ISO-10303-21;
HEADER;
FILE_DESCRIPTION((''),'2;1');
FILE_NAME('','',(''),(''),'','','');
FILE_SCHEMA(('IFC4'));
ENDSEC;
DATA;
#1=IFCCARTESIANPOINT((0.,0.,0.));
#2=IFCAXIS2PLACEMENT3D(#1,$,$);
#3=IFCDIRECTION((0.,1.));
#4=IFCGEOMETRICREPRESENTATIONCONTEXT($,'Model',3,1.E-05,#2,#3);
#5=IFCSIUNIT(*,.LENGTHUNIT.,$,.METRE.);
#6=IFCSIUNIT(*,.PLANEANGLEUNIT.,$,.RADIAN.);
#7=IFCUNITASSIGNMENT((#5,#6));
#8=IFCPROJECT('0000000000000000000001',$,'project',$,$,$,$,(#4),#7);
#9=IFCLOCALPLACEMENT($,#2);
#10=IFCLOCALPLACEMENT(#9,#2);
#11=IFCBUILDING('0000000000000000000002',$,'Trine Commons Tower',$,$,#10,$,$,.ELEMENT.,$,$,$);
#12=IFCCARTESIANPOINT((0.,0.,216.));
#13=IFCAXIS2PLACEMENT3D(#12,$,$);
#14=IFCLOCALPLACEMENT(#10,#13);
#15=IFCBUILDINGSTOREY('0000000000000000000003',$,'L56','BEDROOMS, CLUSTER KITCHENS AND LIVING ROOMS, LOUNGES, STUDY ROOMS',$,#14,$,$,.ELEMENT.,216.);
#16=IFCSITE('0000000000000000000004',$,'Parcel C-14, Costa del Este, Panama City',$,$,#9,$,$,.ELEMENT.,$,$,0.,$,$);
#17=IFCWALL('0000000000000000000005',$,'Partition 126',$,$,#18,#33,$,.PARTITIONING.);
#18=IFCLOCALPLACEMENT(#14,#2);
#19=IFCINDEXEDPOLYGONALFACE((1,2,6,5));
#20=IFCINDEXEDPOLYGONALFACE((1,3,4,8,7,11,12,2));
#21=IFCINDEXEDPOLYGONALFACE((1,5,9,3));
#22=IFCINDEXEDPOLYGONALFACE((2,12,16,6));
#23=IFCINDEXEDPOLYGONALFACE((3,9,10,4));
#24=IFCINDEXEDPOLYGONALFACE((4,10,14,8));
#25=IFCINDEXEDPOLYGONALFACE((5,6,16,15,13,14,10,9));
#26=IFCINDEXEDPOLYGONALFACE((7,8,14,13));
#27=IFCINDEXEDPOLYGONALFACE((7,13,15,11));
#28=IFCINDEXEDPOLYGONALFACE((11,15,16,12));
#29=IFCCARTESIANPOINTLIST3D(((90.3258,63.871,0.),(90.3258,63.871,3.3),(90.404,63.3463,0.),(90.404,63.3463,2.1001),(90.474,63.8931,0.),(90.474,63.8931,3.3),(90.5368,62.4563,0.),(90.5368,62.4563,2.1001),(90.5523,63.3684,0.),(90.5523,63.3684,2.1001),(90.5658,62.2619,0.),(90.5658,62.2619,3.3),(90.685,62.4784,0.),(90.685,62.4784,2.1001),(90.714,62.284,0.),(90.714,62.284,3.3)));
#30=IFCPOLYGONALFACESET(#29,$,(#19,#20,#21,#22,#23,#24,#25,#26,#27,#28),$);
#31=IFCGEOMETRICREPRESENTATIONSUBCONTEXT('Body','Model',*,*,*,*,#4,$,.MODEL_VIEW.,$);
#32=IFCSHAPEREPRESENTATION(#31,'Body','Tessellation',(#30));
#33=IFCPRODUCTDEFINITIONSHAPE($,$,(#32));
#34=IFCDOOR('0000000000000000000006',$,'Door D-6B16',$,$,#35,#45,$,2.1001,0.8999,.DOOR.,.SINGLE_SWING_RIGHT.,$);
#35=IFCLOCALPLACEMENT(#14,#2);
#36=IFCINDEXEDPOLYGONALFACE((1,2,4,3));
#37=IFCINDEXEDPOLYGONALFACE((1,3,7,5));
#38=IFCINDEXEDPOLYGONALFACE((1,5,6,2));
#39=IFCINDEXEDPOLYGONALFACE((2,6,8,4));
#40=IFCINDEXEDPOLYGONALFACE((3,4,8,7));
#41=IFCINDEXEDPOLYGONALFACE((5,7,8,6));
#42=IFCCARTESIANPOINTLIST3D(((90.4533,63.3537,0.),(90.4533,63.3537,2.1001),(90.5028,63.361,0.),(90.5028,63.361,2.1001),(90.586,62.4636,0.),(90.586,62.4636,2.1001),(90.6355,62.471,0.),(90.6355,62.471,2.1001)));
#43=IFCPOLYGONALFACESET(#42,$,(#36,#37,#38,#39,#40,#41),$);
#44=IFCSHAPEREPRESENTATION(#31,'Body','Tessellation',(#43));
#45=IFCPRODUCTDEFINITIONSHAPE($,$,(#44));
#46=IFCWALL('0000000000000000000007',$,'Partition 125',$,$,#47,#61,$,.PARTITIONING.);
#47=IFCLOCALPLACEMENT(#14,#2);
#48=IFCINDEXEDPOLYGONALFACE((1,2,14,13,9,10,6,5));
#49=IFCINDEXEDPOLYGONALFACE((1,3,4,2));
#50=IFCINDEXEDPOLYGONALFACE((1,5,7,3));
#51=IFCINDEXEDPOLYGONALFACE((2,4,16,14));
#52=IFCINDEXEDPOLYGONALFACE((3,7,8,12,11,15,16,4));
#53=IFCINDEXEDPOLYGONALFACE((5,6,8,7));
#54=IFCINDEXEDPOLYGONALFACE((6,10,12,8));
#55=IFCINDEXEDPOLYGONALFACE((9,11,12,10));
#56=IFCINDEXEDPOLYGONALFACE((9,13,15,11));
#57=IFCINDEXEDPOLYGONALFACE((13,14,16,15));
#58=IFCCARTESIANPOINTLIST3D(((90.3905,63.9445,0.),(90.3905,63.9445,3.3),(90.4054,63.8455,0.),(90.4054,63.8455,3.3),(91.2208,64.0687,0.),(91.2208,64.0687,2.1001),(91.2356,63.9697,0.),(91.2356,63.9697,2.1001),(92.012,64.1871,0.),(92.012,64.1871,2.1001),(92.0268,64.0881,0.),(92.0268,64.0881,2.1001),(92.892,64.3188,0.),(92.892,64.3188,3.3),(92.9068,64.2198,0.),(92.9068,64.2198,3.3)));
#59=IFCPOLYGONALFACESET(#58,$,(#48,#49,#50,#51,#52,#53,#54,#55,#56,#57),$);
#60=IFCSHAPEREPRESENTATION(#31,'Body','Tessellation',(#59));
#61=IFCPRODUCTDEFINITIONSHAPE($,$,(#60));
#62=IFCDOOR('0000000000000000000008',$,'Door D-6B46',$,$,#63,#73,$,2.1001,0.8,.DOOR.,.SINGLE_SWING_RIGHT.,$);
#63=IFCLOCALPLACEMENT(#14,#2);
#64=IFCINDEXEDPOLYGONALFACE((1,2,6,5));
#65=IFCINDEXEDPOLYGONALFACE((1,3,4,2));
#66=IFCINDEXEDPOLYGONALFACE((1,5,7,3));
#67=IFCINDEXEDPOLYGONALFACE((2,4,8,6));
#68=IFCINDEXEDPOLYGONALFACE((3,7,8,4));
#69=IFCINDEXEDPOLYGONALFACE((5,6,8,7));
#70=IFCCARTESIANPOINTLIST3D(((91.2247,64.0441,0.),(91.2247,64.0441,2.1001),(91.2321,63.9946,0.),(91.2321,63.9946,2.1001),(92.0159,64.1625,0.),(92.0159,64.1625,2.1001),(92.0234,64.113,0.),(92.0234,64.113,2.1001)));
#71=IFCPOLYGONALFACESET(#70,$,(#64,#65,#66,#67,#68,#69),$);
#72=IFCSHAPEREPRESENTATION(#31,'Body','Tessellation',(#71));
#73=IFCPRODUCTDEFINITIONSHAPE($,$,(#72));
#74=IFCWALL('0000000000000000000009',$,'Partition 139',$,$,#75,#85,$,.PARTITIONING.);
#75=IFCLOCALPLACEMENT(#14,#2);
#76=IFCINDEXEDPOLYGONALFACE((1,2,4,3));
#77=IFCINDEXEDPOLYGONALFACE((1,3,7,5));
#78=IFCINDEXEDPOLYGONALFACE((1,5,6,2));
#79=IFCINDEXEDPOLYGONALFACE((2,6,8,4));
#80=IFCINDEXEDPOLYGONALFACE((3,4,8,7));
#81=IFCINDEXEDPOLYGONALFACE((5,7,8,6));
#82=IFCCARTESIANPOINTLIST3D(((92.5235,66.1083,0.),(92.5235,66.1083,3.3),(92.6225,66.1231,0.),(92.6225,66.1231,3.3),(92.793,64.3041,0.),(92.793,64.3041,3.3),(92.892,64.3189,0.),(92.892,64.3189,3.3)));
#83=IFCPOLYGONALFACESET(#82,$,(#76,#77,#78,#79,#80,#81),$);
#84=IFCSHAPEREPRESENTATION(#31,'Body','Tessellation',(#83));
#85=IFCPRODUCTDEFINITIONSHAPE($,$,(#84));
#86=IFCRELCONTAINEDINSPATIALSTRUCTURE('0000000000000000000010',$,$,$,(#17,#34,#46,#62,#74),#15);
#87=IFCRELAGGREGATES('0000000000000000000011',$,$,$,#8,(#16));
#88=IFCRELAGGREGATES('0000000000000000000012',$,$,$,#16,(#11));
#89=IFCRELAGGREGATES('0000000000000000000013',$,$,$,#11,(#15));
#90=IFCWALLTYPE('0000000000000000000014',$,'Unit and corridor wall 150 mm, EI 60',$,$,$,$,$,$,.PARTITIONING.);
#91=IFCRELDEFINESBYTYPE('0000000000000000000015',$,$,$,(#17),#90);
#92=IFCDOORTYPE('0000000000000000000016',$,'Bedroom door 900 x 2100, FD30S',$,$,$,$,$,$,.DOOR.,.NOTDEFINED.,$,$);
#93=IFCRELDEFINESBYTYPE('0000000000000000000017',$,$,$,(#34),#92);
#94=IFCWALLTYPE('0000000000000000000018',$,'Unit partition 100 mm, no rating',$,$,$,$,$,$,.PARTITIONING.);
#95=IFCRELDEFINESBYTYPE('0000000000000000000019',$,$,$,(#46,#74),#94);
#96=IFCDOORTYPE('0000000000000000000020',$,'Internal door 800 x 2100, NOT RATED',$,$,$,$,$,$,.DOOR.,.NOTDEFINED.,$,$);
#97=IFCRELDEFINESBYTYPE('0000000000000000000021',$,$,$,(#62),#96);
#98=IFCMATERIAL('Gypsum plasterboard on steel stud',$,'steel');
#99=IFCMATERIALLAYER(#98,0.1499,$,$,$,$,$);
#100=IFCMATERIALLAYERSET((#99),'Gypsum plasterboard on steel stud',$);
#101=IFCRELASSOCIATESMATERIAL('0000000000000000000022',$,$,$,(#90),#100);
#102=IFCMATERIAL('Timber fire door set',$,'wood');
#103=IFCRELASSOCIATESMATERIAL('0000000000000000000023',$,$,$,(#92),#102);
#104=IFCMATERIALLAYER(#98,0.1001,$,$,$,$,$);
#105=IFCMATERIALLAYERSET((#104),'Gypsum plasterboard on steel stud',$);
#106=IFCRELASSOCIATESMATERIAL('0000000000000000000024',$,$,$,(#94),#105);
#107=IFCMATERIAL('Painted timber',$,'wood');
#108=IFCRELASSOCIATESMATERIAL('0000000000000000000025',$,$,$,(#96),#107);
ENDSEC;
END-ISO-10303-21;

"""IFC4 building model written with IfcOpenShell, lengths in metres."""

from ifc_helpers import new_model, si_unit, direction, frame, frame_2d, origin, place, context, subcontext, project, spatial, rectangle, extrude, material, layer, layer_set, type_object, element, fill, save


model = new_model("IFC4")

# Units and contexts
model_context = context("Model", 3, precision=1e-05, world=origin(), true_north=direction((0.0, 1.0)))
body_context = subcontext(model_context, "Body", "Model", "MODEL_VIEW")
ifc_project = project(units=[si_unit("LENGTHUNIT", "METRE"), si_unit("PLANEANGLEUNIT", "RADIAN")], contexts=[model_context])

# Site, building, storey
site_placement = place(None, origin())
site = spatial("IfcSite", under=ifc_project, at=site_placement, Name="Parcel C-14, Costa del Este, Panama City", CompositionType="ELEMENT", RefElevation=0.0)
building_placement = place(site_placement, origin())
building = spatial("IfcBuilding", under=site, at=building_placement, Name="Trine Commons Tower", CompositionType="ELEMENT")
storey_placement = place(building_placement, frame((0.0, 0.0, 216.0)))
storey = spatial("IfcBuildingStorey", under=building, at=storey_placement, Name="L56", Description="BEDROOMS, CLUSTER KITCHENS AND LIVING ROOMS, LOUNGES, STUDY ROOMS", CompositionType="ELEMENT", Elevation=216.0)

# Shared definitions
ifc_material_1 = material(Name="Gypsum plasterboard on steel stud", Category="steel")
ifc_layer_1 = layer(ifc_material_1, 0.1499)
ifc_layer_set_1 = layer_set([ifc_layer_1], Name="Gypsum plasterboard on steel stud")
wall_type_1 = type_object("IfcWallType", Name="Unit and corridor wall 150 mm, EI 60", PredefinedType="PARTITIONING", material=ifc_layer_set_1)
ifc_material_2 = material(Name="Timber fire door set", Category="wood")
door_type_1 = type_object("IfcDoorType", Name="Bedroom door 900 x 2100, FD30S", OperationType="NOTDEFINED", PredefinedType="DOOR", material=ifc_material_2)

# Walls, openings, doors
wall_1_placement = place(storey_placement, frame((90.3999, 63.8821, 0.0), z_axis=(0.0, 0.0, 1.0), x_axis=(0.147511, -0.98906, 0.0)))
wall_1 = element("IfcWall", 1, at=wall_1_placement, inside=storey, type_object=wall_type_1, Name="Partition 126", PredefinedType="PARTITIONING", context=body_context, shape_type="SweptSolid", body=[
    extrude(rectangle(XDim=1.627, YDim=0.1499, at=frame_2d((0.8135, 0.0))), origin(), (0.0, 0.0, 1.0), 3.3),
])
opening_1_placement = place(wall_1_placement, frame((0.5305, 0.0, 0.0)))
opening_1 = element("IfcOpeningElement", 2, at=opening_1_placement, cuts=wall_1, PredefinedType="OPENING", context=body_context, shape_type="SweptSolid", body=[
    extrude(rectangle(XDim=0.8999, YDim=2.1001, at=frame_2d((0.45, 1.05))), frame((0.0, 0.085, 0.0), z_axis=(0.0, -1.0, 0.0), x_axis=(1.0, 0.0, 0.0)), (0.0, 0.0, 1.0), 0.1699),
])
door_1_placement = place(opening_1_placement, origin())
door_1 = element("IfcDoor", 3, at=door_1_placement, inside=storey, type_object=door_type_1, Name="Door D-6B16", OperationType="SINGLE_SWING_RIGHT", OverallHeight=2.1001, OverallWidth=0.8999, PredefinedType="DOOR", context=body_context, shape_type="SweptSolid", body=[
    extrude(rectangle(XDim=0.8999, YDim=2.1001, at=frame_2d((0.45, 1.05))), frame((0.0, 0.0249, 0.0), z_axis=(0.0, -1.0, 0.0), x_axis=(1.0, 0.0, 0.0)), (0.0, 0.0, 1.0), 0.05),
])
fill(opening_1, door_1)
ifc_layer_2 = layer(ifc_material_1, 0.1001)
ifc_layer_set_2 = layer_set([ifc_layer_2], Name="Gypsum plasterboard on steel stud")
wall_type_2 = type_object("IfcWallType", Name="Unit partition 100 mm, no rating", PredefinedType="PARTITIONING", material=ifc_layer_set_2)
wall_2_placement = place(storey_placement, frame((90.3979, 63.895, 0.0), z_axis=(0.0, 0.0, 1.0), x_axis=(0.988992, 0.147972, 0.0)))
wall_2 = element("IfcWall", 4, at=wall_2_placement, inside=storey, type_object=wall_type_2, Name="Partition 125", PredefinedType="PARTITIONING", context=body_context, shape_type="SweptSolid", body=[
    extrude(rectangle(XDim=2.5293, YDim=0.1001, at=frame_2d((1.2646, 0.0))), origin(), (0.0, 0.0, 1.0), 3.3),
])
opening_2_placement = place(wall_2_placement, frame((0.8396, 0.0, 0.0)))
opening_2 = element("IfcOpeningElement", 5, at=opening_2_placement, cuts=wall_2, PredefinedType="OPENING", context=body_context, shape_type="SweptSolid", body=[
    extrude(rectangle(XDim=0.8, YDim=2.1001, at=frame_2d((0.3999, 1.05))), frame((0.0, 0.0601, 0.0), z_axis=(0.0, -1.0, 0.0), x_axis=(1.0, 0.0, 0.0)), (0.0, 0.0, 1.0), 0.1201),
])
ifc_material_3 = material(Name="Painted timber", Category="wood")
door_type_2 = type_object("IfcDoorType", Name="Internal door 800 x 2100, NOT RATED", OperationType="NOTDEFINED", PredefinedType="DOOR", material=ifc_material_3)
door_2_placement = place(opening_2_placement, frame((0.8, 0.0, 0.0), z_axis=(0.0, 0.0, 1.0), x_axis=(-1.0, 0.0, 0.0)))
door_2 = element("IfcDoor", 6, at=door_2_placement, inside=storey, type_object=door_type_2, Name="Door D-6B46", OperationType="SINGLE_SWING_RIGHT", OverallHeight=2.1001, OverallWidth=0.8, PredefinedType="DOOR", context=body_context, shape_type="SweptSolid", body=[
    extrude(rectangle(XDim=0.8, YDim=2.1001, at=frame_2d((0.3999, 1.05))), frame((0.0, 0.0249, 0.0), z_axis=(0.0, -1.0, 0.0), x_axis=(1.0, 0.0, 0.0)), (0.0, 0.0, 1.0), 0.05),
])
fill(opening_2, door_2)

# Wall
wall_3_placement = place(storey_placement, frame((92.573, 66.1157, 0.0), z_axis=(0.0, 0.0, 1.0), x_axis=(0.147751, -0.989025, 0.0)))
element("IfcWall", 7, at=wall_3_placement, inside=storey, type_object=wall_type_2, Name="Partition 139", PredefinedType="PARTITIONING", context=body_context, shape_type="SweptSolid", body=[
    extrude(rectangle(XDim=1.8242, YDim=0.1001, at=frame_2d((0.9121, 0.0))), origin(), (0.0, 0.0, 1.0), 3.3),
])

save(model, "model.ifc")
